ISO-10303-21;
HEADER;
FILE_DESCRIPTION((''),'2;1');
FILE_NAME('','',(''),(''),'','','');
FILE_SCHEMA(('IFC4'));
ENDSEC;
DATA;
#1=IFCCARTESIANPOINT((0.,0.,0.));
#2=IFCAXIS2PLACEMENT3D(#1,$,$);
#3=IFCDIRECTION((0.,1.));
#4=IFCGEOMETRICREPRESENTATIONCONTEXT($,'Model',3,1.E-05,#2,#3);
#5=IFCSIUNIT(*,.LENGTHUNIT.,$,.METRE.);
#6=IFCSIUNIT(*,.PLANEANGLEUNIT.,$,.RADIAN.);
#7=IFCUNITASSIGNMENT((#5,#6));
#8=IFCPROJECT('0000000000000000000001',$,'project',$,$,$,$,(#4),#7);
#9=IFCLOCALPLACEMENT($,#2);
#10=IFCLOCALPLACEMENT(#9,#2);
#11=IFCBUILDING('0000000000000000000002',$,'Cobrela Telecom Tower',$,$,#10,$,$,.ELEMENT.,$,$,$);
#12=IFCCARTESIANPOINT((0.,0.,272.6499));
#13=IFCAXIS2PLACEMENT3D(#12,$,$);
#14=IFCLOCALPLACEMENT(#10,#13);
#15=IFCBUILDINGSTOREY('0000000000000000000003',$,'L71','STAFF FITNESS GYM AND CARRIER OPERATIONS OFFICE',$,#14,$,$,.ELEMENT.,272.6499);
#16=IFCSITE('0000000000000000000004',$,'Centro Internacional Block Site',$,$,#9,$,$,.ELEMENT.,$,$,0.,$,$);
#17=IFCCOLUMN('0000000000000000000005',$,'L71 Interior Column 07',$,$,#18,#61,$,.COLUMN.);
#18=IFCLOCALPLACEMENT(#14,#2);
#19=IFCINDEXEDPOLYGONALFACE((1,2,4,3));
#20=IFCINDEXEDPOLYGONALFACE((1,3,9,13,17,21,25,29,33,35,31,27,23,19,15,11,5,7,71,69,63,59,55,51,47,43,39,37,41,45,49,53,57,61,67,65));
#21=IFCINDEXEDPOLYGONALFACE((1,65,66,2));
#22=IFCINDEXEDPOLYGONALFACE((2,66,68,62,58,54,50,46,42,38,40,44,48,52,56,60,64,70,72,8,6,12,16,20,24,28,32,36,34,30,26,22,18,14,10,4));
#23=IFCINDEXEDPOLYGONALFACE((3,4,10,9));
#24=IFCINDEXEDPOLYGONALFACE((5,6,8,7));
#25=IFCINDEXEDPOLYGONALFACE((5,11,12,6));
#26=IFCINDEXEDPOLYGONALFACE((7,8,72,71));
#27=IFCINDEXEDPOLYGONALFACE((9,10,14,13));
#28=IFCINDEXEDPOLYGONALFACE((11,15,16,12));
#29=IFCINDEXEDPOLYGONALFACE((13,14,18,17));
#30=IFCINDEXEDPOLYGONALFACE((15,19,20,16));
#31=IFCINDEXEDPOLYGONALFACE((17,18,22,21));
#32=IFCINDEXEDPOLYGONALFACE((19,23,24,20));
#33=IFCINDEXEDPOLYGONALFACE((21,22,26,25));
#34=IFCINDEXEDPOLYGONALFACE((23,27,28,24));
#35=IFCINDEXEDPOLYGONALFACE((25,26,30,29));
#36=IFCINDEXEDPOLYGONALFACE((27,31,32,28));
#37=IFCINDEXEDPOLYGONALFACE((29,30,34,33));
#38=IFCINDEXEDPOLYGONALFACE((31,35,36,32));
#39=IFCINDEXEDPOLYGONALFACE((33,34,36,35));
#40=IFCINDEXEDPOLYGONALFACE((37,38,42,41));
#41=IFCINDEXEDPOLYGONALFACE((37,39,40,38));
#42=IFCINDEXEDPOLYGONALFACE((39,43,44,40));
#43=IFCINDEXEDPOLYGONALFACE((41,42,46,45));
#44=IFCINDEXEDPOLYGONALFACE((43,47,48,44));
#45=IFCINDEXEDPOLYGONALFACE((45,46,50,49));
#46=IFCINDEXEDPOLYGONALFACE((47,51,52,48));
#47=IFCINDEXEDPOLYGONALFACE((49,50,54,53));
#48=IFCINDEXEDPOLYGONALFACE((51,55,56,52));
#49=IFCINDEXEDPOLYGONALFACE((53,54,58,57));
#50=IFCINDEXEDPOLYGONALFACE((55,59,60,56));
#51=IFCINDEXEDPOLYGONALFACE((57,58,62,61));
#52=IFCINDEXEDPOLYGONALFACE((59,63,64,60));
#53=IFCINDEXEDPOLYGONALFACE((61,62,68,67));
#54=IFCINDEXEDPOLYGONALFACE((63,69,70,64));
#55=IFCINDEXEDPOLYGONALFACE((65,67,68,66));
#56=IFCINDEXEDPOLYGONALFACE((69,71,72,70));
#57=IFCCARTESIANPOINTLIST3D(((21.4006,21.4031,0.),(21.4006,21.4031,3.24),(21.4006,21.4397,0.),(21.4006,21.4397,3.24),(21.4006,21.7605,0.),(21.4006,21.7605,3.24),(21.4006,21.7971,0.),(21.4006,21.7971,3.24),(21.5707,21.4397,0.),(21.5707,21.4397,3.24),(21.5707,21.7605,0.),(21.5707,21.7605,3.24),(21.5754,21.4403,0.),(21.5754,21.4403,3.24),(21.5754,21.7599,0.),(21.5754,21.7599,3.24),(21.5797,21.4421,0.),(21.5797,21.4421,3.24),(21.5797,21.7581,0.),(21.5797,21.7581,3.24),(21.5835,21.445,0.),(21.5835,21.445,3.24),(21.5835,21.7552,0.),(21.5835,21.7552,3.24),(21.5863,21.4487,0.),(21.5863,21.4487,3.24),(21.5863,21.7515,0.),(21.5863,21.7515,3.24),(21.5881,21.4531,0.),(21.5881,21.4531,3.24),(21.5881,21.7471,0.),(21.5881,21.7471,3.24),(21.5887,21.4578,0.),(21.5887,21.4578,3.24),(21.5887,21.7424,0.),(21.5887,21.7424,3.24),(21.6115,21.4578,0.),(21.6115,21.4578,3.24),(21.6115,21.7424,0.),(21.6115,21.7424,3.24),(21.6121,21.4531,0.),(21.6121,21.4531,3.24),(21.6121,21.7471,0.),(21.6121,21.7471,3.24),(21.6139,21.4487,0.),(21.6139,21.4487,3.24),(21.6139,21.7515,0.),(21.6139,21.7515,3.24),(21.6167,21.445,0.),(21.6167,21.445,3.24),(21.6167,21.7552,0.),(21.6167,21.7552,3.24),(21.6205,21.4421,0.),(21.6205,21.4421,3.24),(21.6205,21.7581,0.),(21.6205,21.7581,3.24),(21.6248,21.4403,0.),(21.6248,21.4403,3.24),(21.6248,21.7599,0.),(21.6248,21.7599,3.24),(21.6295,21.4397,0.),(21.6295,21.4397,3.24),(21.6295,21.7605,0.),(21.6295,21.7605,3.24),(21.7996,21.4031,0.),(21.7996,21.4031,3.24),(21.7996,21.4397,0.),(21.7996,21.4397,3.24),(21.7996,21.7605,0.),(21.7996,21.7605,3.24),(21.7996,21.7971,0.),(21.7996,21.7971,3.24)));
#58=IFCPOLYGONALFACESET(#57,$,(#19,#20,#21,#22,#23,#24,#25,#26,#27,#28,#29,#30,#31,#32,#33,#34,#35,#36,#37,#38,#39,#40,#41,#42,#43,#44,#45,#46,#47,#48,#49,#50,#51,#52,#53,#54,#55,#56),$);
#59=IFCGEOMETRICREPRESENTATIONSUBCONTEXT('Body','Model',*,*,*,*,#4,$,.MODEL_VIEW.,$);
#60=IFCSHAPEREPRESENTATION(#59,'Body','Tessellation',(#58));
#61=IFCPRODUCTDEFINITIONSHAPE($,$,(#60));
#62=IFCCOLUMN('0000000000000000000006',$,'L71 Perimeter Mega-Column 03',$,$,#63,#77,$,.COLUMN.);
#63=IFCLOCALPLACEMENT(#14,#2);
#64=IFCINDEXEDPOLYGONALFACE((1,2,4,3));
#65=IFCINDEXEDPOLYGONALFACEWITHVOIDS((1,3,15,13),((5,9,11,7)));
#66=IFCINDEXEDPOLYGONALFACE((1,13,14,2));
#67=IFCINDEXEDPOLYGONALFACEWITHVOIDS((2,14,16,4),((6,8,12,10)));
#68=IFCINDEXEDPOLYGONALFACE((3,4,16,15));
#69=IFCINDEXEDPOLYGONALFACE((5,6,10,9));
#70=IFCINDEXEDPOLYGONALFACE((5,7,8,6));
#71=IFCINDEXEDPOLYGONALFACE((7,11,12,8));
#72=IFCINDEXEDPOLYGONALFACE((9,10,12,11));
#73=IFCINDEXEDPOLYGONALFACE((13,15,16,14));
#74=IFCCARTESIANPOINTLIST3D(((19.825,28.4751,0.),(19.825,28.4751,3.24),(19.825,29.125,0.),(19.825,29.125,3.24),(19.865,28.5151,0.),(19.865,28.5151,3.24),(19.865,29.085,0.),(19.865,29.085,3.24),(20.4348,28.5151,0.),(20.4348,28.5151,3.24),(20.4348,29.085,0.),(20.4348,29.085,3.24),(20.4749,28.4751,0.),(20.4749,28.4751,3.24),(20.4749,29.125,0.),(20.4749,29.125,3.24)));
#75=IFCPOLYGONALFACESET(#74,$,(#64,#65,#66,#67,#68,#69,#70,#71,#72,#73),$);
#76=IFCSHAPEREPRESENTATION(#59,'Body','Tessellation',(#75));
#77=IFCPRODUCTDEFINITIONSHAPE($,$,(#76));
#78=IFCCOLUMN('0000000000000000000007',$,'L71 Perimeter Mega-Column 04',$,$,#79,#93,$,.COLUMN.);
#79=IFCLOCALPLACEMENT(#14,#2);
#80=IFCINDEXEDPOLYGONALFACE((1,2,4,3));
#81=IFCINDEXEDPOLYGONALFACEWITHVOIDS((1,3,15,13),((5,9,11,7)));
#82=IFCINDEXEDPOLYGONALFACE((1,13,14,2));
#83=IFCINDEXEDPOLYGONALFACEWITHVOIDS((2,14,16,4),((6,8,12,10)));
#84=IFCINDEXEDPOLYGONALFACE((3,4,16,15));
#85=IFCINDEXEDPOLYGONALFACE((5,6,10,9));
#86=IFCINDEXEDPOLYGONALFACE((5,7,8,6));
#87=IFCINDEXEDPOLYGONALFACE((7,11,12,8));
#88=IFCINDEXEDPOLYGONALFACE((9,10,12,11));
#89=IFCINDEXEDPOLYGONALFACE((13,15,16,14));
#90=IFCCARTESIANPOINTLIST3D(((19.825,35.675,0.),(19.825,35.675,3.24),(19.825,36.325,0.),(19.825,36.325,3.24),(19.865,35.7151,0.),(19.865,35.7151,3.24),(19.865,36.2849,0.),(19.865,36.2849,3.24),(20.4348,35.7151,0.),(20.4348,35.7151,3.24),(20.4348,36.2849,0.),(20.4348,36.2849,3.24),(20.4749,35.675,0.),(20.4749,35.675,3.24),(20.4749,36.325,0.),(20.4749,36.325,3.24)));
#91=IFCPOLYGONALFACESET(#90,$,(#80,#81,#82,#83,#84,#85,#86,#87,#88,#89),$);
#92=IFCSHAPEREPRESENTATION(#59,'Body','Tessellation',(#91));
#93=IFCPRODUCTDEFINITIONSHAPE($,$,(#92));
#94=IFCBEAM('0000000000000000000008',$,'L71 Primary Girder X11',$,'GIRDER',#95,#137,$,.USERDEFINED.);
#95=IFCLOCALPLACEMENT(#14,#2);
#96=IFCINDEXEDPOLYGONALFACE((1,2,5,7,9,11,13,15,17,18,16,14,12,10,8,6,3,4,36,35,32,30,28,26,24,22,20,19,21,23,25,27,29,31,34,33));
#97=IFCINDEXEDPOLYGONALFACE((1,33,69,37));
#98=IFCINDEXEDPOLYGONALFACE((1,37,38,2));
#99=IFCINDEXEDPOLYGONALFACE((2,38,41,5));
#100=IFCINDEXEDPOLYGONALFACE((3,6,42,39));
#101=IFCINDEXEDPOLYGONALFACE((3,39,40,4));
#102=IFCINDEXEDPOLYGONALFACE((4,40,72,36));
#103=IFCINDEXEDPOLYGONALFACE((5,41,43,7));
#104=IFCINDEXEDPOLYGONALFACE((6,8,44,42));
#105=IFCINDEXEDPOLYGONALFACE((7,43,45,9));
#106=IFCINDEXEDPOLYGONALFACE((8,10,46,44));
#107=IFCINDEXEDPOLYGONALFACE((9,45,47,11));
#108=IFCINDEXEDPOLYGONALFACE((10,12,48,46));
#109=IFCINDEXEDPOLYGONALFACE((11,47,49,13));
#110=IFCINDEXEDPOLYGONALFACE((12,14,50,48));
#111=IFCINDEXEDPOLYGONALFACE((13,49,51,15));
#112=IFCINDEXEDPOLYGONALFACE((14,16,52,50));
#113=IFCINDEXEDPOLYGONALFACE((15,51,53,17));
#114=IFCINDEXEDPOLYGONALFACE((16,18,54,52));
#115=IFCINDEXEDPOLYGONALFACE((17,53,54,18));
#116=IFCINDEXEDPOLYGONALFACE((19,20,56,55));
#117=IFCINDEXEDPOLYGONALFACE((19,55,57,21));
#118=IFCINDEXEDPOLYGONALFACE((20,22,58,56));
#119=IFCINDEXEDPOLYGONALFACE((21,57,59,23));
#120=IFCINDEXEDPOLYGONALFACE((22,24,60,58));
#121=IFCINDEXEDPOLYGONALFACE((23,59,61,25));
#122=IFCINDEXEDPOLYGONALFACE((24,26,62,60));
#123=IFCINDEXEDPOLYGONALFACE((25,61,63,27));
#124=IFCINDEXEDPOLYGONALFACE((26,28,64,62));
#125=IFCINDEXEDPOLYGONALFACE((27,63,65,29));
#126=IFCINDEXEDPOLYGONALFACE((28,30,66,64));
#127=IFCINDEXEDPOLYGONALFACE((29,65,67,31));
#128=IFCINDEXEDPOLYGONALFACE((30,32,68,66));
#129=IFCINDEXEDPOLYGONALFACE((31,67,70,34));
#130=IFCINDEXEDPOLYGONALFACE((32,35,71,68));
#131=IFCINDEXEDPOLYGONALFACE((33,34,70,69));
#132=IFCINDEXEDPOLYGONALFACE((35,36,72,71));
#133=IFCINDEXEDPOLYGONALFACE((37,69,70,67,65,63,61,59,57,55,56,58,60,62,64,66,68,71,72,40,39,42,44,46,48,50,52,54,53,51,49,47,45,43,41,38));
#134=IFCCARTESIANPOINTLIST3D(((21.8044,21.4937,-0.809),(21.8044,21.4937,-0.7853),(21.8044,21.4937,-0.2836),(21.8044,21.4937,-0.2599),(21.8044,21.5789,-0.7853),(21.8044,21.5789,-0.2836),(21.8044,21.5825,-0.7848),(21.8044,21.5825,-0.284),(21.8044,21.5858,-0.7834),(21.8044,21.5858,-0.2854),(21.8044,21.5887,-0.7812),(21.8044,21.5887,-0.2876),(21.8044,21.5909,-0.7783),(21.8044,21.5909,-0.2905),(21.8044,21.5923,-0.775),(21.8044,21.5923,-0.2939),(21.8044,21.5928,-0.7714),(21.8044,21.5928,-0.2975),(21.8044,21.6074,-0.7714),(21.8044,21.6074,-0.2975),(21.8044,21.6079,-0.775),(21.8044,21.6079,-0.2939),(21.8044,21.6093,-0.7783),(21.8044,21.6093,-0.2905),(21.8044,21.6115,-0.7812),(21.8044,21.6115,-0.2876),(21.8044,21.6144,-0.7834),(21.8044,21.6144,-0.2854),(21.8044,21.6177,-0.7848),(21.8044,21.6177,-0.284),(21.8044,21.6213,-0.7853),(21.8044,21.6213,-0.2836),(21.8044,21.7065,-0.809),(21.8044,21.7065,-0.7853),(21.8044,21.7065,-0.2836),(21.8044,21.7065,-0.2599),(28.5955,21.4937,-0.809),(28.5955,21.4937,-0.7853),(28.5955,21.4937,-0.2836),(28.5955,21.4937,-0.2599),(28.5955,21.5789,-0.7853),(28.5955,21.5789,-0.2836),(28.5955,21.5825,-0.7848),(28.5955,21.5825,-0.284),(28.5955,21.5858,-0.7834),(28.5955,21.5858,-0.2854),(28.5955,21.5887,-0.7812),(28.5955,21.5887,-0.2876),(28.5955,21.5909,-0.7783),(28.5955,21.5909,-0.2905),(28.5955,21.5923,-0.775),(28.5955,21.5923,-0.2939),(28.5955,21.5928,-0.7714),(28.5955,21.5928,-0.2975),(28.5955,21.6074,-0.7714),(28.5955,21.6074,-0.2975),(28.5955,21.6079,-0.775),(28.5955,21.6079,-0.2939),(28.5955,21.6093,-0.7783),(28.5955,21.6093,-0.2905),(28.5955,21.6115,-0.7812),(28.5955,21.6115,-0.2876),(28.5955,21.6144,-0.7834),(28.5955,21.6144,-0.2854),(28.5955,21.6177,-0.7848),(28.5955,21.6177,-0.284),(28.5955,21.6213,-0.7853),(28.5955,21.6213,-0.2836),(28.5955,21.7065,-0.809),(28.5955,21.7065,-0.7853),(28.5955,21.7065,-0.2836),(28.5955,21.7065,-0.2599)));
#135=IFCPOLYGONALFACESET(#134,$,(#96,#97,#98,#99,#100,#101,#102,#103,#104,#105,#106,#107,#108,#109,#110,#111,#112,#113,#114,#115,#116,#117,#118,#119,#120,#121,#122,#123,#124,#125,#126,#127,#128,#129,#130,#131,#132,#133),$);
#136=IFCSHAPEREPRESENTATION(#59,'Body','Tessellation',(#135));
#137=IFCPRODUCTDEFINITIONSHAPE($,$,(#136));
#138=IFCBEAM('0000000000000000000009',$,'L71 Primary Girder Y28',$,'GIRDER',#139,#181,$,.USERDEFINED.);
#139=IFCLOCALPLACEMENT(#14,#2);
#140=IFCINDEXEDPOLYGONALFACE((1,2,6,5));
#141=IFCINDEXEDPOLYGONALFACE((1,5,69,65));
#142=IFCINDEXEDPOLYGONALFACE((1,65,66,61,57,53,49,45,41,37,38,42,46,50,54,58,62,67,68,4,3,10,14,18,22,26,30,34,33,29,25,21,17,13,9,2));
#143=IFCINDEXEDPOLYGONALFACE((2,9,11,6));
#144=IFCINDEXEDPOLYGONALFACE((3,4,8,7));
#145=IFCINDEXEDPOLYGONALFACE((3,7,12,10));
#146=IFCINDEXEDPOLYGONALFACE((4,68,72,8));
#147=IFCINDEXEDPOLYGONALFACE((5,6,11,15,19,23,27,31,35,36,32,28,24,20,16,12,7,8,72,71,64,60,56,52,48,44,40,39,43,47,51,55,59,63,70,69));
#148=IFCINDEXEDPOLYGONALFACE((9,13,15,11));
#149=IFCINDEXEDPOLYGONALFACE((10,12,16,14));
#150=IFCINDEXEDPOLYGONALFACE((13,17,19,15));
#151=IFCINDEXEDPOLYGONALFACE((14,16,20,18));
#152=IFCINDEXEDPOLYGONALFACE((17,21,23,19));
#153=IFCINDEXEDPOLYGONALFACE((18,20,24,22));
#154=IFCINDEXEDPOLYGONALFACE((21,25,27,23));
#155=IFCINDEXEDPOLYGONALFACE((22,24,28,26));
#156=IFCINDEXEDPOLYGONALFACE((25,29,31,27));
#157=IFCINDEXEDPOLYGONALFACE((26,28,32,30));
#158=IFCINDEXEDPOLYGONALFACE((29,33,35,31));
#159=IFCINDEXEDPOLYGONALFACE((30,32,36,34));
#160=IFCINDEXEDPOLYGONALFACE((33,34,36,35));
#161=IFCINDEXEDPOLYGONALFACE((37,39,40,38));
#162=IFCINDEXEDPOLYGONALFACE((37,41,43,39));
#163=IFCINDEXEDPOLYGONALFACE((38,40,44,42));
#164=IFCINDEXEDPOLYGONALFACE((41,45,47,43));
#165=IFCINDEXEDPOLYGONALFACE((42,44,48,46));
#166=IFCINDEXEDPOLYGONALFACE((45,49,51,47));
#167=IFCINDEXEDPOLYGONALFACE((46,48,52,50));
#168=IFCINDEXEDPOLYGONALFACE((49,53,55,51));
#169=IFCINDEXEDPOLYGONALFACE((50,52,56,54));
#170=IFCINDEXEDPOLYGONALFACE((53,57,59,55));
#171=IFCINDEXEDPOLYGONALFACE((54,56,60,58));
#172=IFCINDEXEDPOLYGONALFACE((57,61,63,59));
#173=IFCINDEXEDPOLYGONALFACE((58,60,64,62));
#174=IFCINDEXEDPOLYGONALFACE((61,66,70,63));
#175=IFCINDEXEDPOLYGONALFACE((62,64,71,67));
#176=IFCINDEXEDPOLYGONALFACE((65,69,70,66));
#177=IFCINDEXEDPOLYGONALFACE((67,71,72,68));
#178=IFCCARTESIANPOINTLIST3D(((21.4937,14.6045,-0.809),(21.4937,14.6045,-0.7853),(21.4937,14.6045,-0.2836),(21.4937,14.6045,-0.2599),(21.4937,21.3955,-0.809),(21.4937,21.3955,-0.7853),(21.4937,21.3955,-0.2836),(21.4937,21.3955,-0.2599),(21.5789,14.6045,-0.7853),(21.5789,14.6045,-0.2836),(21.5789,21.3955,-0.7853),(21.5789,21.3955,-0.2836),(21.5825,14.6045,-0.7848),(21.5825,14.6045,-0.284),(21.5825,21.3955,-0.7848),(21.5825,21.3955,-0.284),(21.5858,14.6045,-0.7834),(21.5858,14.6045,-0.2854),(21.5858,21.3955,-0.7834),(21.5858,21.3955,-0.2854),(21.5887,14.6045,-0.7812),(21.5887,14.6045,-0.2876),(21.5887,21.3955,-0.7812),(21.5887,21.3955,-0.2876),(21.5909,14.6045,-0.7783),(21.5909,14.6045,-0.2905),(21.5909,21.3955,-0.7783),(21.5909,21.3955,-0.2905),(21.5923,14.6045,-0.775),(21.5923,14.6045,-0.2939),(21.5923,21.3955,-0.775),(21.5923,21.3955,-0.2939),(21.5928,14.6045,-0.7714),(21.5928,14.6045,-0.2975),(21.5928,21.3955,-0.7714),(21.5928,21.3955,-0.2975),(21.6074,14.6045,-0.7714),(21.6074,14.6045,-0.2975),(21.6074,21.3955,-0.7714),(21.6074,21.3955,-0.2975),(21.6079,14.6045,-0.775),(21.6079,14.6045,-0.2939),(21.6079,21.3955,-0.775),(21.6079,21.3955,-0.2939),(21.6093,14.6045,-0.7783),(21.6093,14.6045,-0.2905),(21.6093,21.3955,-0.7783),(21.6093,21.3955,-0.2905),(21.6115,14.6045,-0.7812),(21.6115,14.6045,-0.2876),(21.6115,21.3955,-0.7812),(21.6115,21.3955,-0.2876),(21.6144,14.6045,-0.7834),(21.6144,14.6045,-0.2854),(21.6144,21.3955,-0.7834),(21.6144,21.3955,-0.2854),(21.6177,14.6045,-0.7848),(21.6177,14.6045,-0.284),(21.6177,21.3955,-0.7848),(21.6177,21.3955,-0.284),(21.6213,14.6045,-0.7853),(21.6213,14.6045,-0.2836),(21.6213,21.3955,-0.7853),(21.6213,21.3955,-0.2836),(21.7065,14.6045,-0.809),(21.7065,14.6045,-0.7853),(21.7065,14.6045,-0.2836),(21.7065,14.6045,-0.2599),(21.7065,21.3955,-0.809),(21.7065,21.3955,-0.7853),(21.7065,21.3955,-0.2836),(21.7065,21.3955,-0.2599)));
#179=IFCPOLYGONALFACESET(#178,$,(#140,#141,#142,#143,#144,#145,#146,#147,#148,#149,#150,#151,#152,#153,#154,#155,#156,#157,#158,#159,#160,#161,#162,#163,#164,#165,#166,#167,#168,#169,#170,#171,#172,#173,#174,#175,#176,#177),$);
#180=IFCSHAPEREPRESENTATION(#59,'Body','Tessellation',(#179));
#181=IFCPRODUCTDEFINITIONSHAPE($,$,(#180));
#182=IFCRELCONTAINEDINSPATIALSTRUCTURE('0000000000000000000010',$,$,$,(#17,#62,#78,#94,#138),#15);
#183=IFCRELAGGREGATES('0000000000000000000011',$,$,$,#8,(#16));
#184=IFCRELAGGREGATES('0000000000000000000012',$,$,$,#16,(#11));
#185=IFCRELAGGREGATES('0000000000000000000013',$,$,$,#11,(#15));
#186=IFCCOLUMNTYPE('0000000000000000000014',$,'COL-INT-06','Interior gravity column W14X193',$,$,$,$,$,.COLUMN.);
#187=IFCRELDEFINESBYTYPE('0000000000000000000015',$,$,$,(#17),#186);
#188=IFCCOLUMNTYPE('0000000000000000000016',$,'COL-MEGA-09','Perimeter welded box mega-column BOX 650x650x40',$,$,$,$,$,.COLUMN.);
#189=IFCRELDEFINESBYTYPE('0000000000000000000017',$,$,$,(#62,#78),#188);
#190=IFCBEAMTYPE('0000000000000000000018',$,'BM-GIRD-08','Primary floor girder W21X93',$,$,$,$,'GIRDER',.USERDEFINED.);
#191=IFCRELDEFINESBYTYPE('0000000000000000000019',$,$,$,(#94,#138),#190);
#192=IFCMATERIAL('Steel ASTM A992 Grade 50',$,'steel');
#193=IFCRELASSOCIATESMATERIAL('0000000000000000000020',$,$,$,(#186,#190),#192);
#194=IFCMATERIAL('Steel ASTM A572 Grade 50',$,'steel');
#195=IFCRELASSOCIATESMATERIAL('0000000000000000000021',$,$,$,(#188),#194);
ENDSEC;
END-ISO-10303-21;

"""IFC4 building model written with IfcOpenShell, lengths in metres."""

from ifc_helpers import new_model, si_unit, direction, frame, origin, origin_2d, place, context, subcontext, project, spatial, hollow_rectangle, i_section, extrude, material, material_profile, profile_set, type_object, element, save


model = new_model("IFC4")

# Units and contexts
model_context = context("Model", 3, precision=1e-05, world=origin(), true_north=direction((0.0, 1.0)))
body_context = subcontext(model_context, "Body", "Model", "MODEL_VIEW")
ifc_project = project(units=[si_unit("LENGTHUNIT", "METRE"), si_unit("PLANEANGLEUNIT", "RADIAN")], contexts=[model_context])

# Site, building, storey
site_placement = place(None, origin())
site = spatial("IfcSite", under=ifc_project, at=site_placement, Name="Centro Internacional Block Site", CompositionType="ELEMENT", RefElevation=0.0)
building_placement = place(site_placement, origin())
building = spatial("IfcBuilding", under=site, at=building_placement, Name="Cobrela Telecom Tower", CompositionType="ELEMENT")
storey_placement = place(building_placement, frame((0.0, 0.0, 272.6499)))
storey = spatial("IfcBuildingStorey", under=building, at=storey_placement, Name="L71", Description="STAFF FITNESS GYM AND CARRIER OPERATIONS OFFICE", CompositionType="ELEMENT", Elevation=272.6499)

# Columns
ifc_material_1 = material(Name="Steel ASTM A992 Grade 50", Category="steel")
ifc_material_profile_1 = material_profile(ifc_material_1, i_section(OverallWidth=0.3989, OverallDepth=0.394, WebThickness=0.0227, FlangeThickness=0.0366, FilletRadius=0.0181, at=origin_2d()), Name="W14X193")
ifc_profile_set_1 = profile_set([ifc_material_profile_1], Name="Steel ASTM A992 Grade 50")
column_type_1 = type_object("IfcColumnType", Name="COL-INT-06", Description="Interior gravity column W14X193", PredefinedType="COLUMN", material=ifc_profile_set_1)
column_placement = place(storey_placement, frame((21.6001, 21.6001, 0.0), z_axis=(0.0, 0.0, 1.0), x_axis=(1.0, 0.0, 0.0)))
element("IfcColumn", 1, at=column_placement, inside=storey, type_object=column_type_1, Name="L71 Interior Column 07", PredefinedType="COLUMN", context=body_context, shape_type="SweptSolid", body=[
    extrude(i_section(OverallWidth=0.3989, OverallDepth=0.394, WebThickness=0.0227, FlangeThickness=0.0366, FilletRadius=0.0181, at=origin_2d()), origin(), (0.0, 0.0, 1.0), 3.24),
])
ifc_material_2 = material(Name="Steel ASTM A572 Grade 50", Category="steel")
ifc_material_profile_2 = material_profile(ifc_material_2, hollow_rectangle(XDim=0.6499, YDim=0.6499, WallThickness=0.04, at=origin_2d()), Name="BOX 650x650x40")
ifc_profile_set_2 = profile_set([ifc_material_profile_2], Name="Steel ASTM A572 Grade 50")
column_type_2 = type_object("IfcColumnType", Name="COL-MEGA-09", Description="Perimeter welded box mega-column BOX 650x650x40", PredefinedType="COLUMN", material=ifc_profile_set_2)
for number, where, z_axis, x_axis, name in (
    (2, (20.1499, 28.8, 0.0), (0.0, 0.0, 1.0), (1.0, 0.0, 0.0), "L71 Perimeter Mega-Column 03"),
    (3, (20.1499, 36.0, 0.0), (0.0, 0.0, 1.0), (1.0, 0.0, 0.0), "L71 Perimeter Mega-Column 04"),
):
    element("IfcColumn", number, at=place(storey_placement, frame(where, z_axis=z_axis, x_axis=x_axis)), inside=storey, type_object=column_type_2, Name=name, PredefinedType="COLUMN", context=body_context, shape_type="SweptSolid", body=[
        extrude(hollow_rectangle(XDim=0.6499, YDim=0.6499, WallThickness=0.04, at=origin_2d()), origin(), (0.0, 0.0, 1.0), 3.24),
    ])

# Beams
ifc_material_profile_3 = material_profile(ifc_material_1, i_section(OverallWidth=0.2129, OverallDepth=0.5491, WebThickness=0.0146, FlangeThickness=0.0237, FilletRadius=0.0139, at=origin_2d()), Name="W21X93")
ifc_profile_set_3 = profile_set([ifc_material_profile_3], Name="Steel ASTM A992 Grade 50")
beam_type_1 = type_object("IfcBeamType", Name="BM-GIRD-08", Description="Primary floor girder W21X93", ElementType="GIRDER", PredefinedType="USERDEFINED", material=ifc_profile_set_3)
for number, where, z_axis, x_axis, name in (
    (4, (21.8044, 21.6001, -0.5344), (1.0, 0.0, 0.0), (0.0, 1.0, 0.0), "L71 Primary Girder X11"),
    (5, (21.6001, 14.6045, -0.5344), (0.0, 1.0, 0.0), (-1.0, 0.0, 0.0), "L71 Primary Girder Y28"),
):
    element("IfcBeam", number, at=place(storey_placement, frame(where, z_axis=z_axis, x_axis=x_axis)), inside=storey, type_object=beam_type_1, Name=name, ObjectType="GIRDER", PredefinedType="USERDEFINED", context=body_context, shape_type="SweptSolid", body=[
        extrude(i_section(OverallWidth=0.2129, OverallDepth=0.5491, WebThickness=0.0146, FlangeThickness=0.0237, FilletRadius=0.0139, at=origin_2d()), origin(), (0.0, 0.0, 1.0), 6.791),
    ])

save(model, "model.ifc")
